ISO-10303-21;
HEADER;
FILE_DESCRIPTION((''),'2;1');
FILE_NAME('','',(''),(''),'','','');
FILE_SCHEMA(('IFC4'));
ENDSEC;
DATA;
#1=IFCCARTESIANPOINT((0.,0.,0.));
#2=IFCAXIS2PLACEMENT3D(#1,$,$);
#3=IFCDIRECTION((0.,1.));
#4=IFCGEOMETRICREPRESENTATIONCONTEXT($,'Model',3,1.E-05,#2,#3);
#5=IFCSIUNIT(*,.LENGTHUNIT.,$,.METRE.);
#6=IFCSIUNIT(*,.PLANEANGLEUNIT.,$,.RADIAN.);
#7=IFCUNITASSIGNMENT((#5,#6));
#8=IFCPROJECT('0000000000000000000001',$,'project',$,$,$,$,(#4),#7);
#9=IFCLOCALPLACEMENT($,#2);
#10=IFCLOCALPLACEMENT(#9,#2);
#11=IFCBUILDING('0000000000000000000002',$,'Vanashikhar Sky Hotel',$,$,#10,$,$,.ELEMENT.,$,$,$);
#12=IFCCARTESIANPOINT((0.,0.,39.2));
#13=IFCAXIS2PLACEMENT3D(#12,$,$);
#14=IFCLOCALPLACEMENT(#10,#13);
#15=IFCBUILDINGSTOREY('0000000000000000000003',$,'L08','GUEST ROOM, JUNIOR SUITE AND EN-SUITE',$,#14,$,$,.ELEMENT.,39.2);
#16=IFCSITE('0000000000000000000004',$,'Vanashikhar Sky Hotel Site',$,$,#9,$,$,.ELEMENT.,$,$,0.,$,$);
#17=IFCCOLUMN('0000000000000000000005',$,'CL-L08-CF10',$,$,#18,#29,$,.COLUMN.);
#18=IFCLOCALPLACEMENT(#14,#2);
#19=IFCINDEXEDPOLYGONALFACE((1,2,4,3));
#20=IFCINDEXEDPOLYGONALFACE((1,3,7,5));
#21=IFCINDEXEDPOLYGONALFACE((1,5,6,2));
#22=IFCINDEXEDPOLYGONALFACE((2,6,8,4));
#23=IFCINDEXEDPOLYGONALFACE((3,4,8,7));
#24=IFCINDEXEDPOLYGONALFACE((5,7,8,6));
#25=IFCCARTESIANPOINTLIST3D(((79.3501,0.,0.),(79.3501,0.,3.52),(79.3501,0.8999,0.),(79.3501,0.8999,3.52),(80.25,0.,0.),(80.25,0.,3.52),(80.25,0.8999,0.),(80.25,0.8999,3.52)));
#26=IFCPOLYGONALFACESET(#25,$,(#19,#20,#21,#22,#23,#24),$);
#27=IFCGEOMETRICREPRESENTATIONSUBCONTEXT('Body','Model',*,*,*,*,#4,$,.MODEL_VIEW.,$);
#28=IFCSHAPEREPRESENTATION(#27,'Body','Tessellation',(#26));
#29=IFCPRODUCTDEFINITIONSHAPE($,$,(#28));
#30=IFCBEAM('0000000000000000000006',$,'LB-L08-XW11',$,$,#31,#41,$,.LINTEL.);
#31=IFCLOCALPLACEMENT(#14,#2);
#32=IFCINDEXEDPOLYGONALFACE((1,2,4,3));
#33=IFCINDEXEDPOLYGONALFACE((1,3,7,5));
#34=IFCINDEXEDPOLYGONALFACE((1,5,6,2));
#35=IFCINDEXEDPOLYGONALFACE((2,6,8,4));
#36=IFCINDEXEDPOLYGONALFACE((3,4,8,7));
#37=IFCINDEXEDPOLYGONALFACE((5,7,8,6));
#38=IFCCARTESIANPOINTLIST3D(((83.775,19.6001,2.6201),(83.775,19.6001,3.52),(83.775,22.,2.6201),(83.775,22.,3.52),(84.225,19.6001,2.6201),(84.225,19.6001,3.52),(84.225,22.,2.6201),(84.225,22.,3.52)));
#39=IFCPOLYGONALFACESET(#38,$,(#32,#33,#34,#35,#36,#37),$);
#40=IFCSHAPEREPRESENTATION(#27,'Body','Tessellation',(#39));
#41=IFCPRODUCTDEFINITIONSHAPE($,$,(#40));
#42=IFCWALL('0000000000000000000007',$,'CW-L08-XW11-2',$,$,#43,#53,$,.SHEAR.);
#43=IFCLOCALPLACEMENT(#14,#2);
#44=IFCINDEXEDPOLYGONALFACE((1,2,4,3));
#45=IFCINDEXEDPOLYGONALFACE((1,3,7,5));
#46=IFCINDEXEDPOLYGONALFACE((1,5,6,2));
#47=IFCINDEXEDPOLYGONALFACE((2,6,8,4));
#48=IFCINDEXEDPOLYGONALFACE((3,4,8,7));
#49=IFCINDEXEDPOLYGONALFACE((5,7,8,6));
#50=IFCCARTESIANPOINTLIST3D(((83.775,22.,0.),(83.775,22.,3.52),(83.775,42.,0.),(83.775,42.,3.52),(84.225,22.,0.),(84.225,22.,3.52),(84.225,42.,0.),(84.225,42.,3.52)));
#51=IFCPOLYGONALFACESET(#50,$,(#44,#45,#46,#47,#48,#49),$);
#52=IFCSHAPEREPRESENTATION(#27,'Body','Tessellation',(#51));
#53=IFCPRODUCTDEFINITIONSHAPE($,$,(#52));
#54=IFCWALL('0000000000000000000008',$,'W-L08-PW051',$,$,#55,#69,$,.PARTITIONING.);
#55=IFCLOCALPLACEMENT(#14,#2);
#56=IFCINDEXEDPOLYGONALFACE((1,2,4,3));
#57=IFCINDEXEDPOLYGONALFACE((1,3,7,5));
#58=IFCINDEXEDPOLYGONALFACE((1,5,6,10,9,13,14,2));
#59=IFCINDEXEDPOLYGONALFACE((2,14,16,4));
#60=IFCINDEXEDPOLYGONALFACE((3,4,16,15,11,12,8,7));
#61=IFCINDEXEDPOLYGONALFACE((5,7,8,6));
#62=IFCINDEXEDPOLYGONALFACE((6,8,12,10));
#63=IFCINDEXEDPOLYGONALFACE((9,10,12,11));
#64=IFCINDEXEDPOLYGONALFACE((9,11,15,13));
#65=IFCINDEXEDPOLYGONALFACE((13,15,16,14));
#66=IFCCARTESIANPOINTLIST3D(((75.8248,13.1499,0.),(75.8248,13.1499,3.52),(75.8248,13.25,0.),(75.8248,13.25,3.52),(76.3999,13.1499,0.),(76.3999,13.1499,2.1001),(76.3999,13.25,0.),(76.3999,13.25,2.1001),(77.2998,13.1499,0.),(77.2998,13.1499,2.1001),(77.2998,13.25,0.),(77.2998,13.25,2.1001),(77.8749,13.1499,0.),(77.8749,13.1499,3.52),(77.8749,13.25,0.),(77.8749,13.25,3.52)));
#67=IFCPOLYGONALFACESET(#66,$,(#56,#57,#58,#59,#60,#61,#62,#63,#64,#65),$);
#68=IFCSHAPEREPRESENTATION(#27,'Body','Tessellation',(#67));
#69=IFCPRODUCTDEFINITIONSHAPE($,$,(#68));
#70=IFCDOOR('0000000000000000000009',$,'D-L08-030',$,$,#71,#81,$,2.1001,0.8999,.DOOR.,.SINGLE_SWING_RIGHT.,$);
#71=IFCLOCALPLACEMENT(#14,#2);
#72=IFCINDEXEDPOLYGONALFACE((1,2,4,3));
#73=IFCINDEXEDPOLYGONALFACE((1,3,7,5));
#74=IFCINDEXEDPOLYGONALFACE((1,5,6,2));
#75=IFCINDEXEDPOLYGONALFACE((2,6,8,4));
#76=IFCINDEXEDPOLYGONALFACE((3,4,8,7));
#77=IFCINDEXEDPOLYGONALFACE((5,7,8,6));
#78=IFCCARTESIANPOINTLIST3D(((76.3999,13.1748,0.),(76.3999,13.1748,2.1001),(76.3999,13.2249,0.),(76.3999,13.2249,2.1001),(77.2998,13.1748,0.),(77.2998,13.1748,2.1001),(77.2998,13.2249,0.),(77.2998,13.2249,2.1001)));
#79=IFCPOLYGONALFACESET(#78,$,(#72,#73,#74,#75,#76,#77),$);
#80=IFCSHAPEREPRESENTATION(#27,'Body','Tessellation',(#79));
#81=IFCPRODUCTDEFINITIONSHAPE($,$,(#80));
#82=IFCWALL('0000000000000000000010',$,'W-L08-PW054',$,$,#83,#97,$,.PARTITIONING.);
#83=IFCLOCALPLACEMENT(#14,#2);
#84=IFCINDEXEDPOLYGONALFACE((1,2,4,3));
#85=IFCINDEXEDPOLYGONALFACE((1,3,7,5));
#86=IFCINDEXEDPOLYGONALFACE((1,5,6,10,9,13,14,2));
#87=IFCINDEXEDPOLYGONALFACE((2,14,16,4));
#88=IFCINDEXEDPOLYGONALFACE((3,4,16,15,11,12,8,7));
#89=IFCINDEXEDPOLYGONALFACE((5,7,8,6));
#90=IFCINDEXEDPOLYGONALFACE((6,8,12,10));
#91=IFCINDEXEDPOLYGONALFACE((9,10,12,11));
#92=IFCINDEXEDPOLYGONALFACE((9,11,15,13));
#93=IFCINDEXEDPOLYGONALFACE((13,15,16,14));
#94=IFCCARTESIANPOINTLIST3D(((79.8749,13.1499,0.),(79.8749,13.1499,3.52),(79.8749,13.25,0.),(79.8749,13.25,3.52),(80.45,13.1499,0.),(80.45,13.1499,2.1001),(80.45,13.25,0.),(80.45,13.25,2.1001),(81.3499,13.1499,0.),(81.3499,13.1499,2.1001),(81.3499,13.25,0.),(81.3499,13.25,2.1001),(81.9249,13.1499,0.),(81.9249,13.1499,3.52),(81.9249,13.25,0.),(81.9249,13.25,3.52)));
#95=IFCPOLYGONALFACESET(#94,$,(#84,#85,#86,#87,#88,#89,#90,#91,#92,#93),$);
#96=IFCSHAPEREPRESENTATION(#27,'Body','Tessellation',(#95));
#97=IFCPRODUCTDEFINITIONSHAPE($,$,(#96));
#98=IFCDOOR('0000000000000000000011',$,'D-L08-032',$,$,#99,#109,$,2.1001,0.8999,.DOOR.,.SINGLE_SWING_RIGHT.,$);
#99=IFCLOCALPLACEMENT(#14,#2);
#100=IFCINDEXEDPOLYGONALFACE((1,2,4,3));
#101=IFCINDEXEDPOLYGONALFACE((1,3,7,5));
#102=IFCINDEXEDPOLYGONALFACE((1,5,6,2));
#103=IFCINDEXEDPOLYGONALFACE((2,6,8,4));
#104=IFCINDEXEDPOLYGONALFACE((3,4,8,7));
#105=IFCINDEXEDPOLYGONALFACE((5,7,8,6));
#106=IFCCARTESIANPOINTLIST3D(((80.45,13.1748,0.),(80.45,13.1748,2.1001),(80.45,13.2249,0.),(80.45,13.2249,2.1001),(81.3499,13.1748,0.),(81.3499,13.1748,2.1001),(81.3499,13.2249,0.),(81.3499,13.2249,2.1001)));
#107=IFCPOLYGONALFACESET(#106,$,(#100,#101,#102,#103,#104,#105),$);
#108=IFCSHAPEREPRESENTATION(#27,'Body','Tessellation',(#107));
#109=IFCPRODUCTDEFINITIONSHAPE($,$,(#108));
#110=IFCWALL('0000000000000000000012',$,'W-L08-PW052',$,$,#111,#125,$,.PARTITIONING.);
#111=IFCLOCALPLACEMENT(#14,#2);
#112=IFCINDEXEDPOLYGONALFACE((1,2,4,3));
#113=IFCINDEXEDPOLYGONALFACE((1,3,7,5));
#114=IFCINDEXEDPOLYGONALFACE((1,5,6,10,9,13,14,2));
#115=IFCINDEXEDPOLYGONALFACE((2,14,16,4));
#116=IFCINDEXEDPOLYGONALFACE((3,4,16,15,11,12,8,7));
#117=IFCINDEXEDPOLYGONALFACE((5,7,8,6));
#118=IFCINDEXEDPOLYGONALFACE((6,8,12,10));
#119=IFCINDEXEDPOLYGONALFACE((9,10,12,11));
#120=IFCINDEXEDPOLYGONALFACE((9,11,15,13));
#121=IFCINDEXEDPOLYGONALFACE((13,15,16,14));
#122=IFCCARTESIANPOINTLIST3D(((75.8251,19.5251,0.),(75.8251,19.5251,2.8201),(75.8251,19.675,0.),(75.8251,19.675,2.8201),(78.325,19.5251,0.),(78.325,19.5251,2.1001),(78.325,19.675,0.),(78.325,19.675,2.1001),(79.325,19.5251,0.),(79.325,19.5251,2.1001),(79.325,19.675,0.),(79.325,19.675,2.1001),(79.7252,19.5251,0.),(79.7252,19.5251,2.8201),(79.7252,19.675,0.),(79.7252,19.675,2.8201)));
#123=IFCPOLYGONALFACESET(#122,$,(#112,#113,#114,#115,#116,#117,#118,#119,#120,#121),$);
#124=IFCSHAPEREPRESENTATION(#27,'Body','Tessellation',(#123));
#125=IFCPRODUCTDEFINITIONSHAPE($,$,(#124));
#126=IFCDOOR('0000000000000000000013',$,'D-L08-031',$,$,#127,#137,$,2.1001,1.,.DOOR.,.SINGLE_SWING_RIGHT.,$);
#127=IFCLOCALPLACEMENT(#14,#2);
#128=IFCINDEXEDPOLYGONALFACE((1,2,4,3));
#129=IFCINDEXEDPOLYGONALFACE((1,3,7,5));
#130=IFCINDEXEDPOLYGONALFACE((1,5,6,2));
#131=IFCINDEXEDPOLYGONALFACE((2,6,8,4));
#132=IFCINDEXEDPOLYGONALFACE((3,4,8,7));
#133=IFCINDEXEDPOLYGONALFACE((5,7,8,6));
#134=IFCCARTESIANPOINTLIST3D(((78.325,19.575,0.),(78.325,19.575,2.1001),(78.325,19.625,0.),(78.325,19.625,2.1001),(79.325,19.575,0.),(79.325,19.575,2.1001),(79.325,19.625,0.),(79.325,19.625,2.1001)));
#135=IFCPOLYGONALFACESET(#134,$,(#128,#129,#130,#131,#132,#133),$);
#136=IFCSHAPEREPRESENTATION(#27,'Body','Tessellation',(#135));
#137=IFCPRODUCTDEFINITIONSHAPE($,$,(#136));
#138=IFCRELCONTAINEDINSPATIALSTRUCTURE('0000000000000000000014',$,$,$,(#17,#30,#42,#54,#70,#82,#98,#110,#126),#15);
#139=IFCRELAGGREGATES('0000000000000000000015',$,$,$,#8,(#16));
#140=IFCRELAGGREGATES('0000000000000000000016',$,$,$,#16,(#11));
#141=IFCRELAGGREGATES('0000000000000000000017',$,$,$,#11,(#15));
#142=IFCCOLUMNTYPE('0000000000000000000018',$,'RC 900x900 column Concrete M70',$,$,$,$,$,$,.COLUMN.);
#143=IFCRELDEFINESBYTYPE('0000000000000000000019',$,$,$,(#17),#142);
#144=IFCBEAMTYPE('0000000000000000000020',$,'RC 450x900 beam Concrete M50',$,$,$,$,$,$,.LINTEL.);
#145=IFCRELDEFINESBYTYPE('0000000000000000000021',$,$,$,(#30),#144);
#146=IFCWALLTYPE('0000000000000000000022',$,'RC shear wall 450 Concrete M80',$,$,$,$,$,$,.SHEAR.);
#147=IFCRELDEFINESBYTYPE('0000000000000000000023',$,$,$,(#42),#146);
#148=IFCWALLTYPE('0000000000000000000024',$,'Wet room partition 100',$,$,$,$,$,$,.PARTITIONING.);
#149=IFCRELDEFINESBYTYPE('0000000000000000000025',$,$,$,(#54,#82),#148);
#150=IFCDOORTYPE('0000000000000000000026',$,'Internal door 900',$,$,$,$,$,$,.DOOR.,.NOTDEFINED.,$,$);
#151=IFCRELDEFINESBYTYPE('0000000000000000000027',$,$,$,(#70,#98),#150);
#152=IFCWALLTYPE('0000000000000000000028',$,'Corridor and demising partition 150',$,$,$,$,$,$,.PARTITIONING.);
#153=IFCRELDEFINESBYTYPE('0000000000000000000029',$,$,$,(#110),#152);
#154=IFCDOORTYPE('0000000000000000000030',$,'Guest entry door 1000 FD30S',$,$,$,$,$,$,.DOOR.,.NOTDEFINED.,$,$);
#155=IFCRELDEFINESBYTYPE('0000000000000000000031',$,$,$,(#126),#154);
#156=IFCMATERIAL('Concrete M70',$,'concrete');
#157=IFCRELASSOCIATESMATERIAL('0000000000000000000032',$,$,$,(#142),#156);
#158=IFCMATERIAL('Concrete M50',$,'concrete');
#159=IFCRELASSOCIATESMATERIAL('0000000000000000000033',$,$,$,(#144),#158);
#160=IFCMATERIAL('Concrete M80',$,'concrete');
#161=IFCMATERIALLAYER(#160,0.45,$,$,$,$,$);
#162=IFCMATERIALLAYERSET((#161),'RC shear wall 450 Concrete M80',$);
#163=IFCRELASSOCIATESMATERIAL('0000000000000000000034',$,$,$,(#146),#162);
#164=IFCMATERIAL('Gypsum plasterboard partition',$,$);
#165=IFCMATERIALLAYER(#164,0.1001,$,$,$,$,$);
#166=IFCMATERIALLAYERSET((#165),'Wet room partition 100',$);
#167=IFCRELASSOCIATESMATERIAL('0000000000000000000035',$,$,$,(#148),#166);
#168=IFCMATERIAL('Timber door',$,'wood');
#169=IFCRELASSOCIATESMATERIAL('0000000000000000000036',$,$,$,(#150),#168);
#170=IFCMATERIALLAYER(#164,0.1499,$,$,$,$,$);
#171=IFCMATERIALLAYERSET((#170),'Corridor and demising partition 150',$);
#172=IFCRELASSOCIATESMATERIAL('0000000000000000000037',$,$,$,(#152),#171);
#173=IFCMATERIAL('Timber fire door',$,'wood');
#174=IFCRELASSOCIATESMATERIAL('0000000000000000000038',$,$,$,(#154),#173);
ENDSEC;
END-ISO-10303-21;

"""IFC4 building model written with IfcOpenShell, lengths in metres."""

from ifc_helpers import new_model, si_unit, direction, frame, frame_2d, origin, origin_2d, place, context, subcontext, project, spatial, rectangle, extrude, source, transform, mapped, material, layer, layer_set, material_profile, profile_set, type_object, element, fill, save


model = new_model("IFC4")

# Units and contexts
model_context = context("Model", 3, precision=1e-05, world=origin(), true_north=direction((0.0, 1.0)))
body_context = subcontext(model_context, "Body", "Model", "MODEL_VIEW")
ifc_project = project(units=[si_unit("LENGTHUNIT", "METRE"), si_unit("PLANEANGLEUNIT", "RADIAN")], contexts=[model_context])

# Site, building, storey
site_placement = place(None, origin())
site = spatial("IfcSite", under=ifc_project, at=site_placement, Name="Vanashikhar Sky Hotel Site", CompositionType="ELEMENT", RefElevation=0.0)
building_placement = place(site_placement, origin())
building = spatial("IfcBuilding", under=site, at=building_placement, Name="Vanashikhar Sky Hotel", CompositionType="ELEMENT")
storey_placement = place(building_placement, frame((0.0, 0.0, 39.2)))
storey = spatial("IfcBuildingStorey", under=building, at=storey_placement, Name="L08", Description="GUEST ROOM, JUNIOR SUITE AND EN-SUITE", CompositionType="ELEMENT", Elevation=39.2)

# Column
ifc_material_1 = material(Name="Concrete M70", Category="concrete")
ifc_material_profile_1 = material_profile(ifc_material_1, rectangle(XDim=0.8999, YDim=0.8999, at=origin_2d()))
ifc_profile_set_1 = profile_set([ifc_material_profile_1], Name="RC 900x900 column Concrete M70")
column_type = type_object("IfcColumnType", Name="RC 900x900 column Concrete M70", PredefinedType="COLUMN", material=ifc_profile_set_1)
shared_shape_1 = source(origin(), body_context, "Body", "SweptSolid", [
    extrude(rectangle(XDim=0.8999, YDim=0.8999, at=origin_2d()), origin(), (0.0, 0.0, 1.0), 3.52),
])
column_placement = place(storey_placement, frame((79.8, 0.45, 0.0), z_axis=(0.0, 0.0, 1.0), x_axis=(1.0, 0.0, 0.0)))
element("IfcColumn", 1, at=column_placement, inside=storey, type_object=column_type, Name="CL-L08-CF10", PredefinedType="COLUMN", context=body_context, shape_type="MappedRepresentation", body=[
    mapped(shared_shape_1, transform((0.0, 0.0, 0.0), scale=1.0)),
])

# Beam
ifc_material_2 = material(Name="Concrete M50", Category="concrete")
ifc_material_profile_2 = material_profile(ifc_material_2, rectangle(XDim=0.45, YDim=0.8999, at=origin_2d()))
ifc_profile_set_2 = profile_set([ifc_material_profile_2], Name="RC 450x900 beam Concrete M50")
beam_type = type_object("IfcBeamType", Name="RC 450x900 beam Concrete M50", PredefinedType="LINTEL", material=ifc_profile_set_2)
shared_shape_2 = source(origin(), body_context, "Body", "SweptSolid", [
    extrude(rectangle(XDim=0.45, YDim=0.8999, at=origin_2d()), origin(), (0.0, 0.0, 1.0), 2.3999),
])
beam_placement = place(storey_placement, frame((84.0, 19.6001, 3.0701), z_axis=(0.0, 1.0, 0.0), x_axis=(-1.0, 0.0, 0.0)))
element("IfcBeam", 2, at=beam_placement, inside=storey, type_object=beam_type, Name="LB-L08-XW11", PredefinedType="LINTEL", context=body_context, shape_type="MappedRepresentation", body=[
    mapped(shared_shape_2, transform((0.0, 0.0, 0.0), scale=1.0)),
])

# Wall
ifc_material_3 = material(Name="Concrete M80", Category="concrete")
ifc_layer_1 = layer(ifc_material_3, 0.45)
ifc_layer_set_1 = layer_set([ifc_layer_1], Name="RC shear wall 450 Concrete M80")
wall_type_1 = type_object("IfcWallType", Name="RC shear wall 450 Concrete M80", PredefinedType="SHEAR", material=ifc_layer_set_1)
shared_shape_3 = source(origin(), body_context, "Body", "SweptSolid", [
    extrude(rectangle(XDim=20.0, YDim=0.45, at=frame_2d((10.0, 0.0))), origin(), (0.0, 0.0, 1.0), 3.52),
])
wall_1_placement = place(storey_placement, frame((84.0, 22.0, 0.0), z_axis=(0.0, 0.0, 1.0), x_axis=(0.0, 1.0, 0.0)))
element("IfcWall", 3, at=wall_1_placement, inside=storey, type_object=wall_type_1, Name="CW-L08-XW11-2", PredefinedType="SHEAR", context=body_context, shape_type="MappedRepresentation", body=[
    mapped(shared_shape_3, transform((0.0, 0.0, 0.0), scale=1.0)),
])

# Walls, openings, doors
ifc_material_4 = material(Name="Gypsum plasterboard partition")
ifc_layer_2 = layer(ifc_material_4, 0.1001)
ifc_layer_set_2 = layer_set([ifc_layer_2], Name="Wet room partition 100")
wall_type_2 = type_object("IfcWallType", Name="Wet room partition 100", PredefinedType="PARTITIONING", material=ifc_layer_set_2)
shared_shape_4 = source(origin(), body_context, "Body", "SweptSolid", [
    extrude(rectangle(XDim=2.05, YDim=0.1001, at=frame_2d((1.0249, 0.0))), origin(), (0.0, 0.0, 1.0), 3.52),
])
wall_2_placement = place(storey_placement, frame((75.825, 13.2, 0.0), z_axis=(0.0, 0.0, 1.0), x_axis=(1.0, 0.0, 0.0)))
wall_2 = element("IfcWall", 4, at=wall_2_placement, inside=storey, type_object=wall_type_2, Name="W-L08-PW051", PredefinedType="PARTITIONING", context=body_context, shape_type="MappedRepresentation", body=[
    mapped(shared_shape_4, transform((0.0, 0.0, 0.0), scale=1.0)),
])
shared_shape_5 = source(origin(), body_context, "Body", "SweptSolid", [
    extrude(rectangle(XDim=0.8999, YDim=2.1001, at=frame_2d((0.45, 1.05))), frame((0.0, 0.0601, 0.0), z_axis=(0.0, -1.0, 0.0), x_axis=(1.0, 0.0, 0.0)), (0.0, 0.0, 1.0), 0.1201),
])
opening_1_placement = place(wall_2_placement, frame((0.575, 0.0, 0.0)))
opening_1 = element("IfcOpeningElement", 5, at=opening_1_placement, cuts=wall_2, PredefinedType="OPENING", context=body_context, shape_type="MappedRepresentation", body=[
    mapped(shared_shape_5, transform((0.0, 0.0, 0.0), scale=1.0)),
])
ifc_material_5 = material(Name="Timber door", Category="wood")
door_type_1 = type_object("IfcDoorType", Name="Internal door 900", OperationType="NOTDEFINED", PredefinedType="DOOR", material=ifc_material_5)
shared_shape_6 = source(origin(), body_context, "Body", "SweptSolid", [
    extrude(rectangle(XDim=0.8999, YDim=2.1001, at=frame_2d((0.45, 1.05))), frame((0.0, 0.0249, 0.0), z_axis=(0.0, -1.0, 0.0), x_axis=(1.0, 0.0, 0.0)), (0.0, 0.0, 1.0), 0.05),
])
door_1_placement = place(opening_1_placement, origin())
door_1 = element("IfcDoor", 6, at=door_1_placement, inside=storey, type_object=door_type_1, Name="D-L08-030", OperationType="SINGLE_SWING_RIGHT", OverallHeight=2.1001, OverallWidth=0.8999, PredefinedType="DOOR", context=body_context, shape_type="MappedRepresentation", body=[
    mapped(shared_shape_6, transform((0.0, 0.0, 0.0), scale=1.0)),
])
fill(opening_1, door_1)
wall_3_placement = place(storey_placement, frame((79.875, 13.2, 0.0), z_axis=(0.0, 0.0, 1.0), x_axis=(1.0, 0.0, 0.0)))
wall_3 = element("IfcWall", 7, at=wall_3_placement, inside=storey, type_object=wall_type_2, Name="W-L08-PW054", PredefinedType="PARTITIONING", context=body_context, shape_type="MappedRepresentation", body=[
    mapped(shared_shape_4, transform((0.0, 0.0, 0.0), scale=1.0)),
])
opening_2_placement = place(wall_3_placement, frame((0.575, 0.0, 0.0)))
opening_2 = element("IfcOpeningElement", 8, at=opening_2_placement, cuts=wall_3, PredefinedType="OPENING", context=body_context, shape_type="MappedRepresentation", body=[
    mapped(shared_shape_5, transform((0.0, 0.0, 0.0), scale=1.0)),
])
door_2_placement = place(opening_2_placement, origin())
door_2 = element("IfcDoor", 9, at=door_2_placement, inside=storey, type_object=door_type_1, Name="D-L08-032", OperationType="SINGLE_SWING_RIGHT", OverallHeight=2.1001, OverallWidth=0.8999, PredefinedType="DOOR", context=body_context, shape_type="MappedRepresentation", body=[
    mapped(shared_shape_6, transform((0.0, 0.0, 0.0), scale=1.0)),
])
fill(opening_2, door_2)
ifc_layer_3 = layer(ifc_material_4, 0.1499)
ifc_layer_set_3 = layer_set([ifc_layer_3], Name="Corridor and demising partition 150")
wall_type_3 = type_object("IfcWallType", Name="Corridor and demising partition 150", PredefinedType="PARTITIONING", material=ifc_layer_set_3)
shared_shape_7 = source(origin(), body_context, "Body", "SweptSolid", [
    extrude(rectangle(XDim=3.9001, YDim=0.1499, at=frame_2d((1.9502, 0.0))), origin(), (0.0, 0.0, 1.0), 2.8201),
])
wall_4_placement = place(storey_placement, frame((75.825, 19.6001, 0.0), z_axis=(0.0, 0.0, 1.0), x_axis=(1.0, 0.0, 0.0)))
wall_4 = element("IfcWall", 10, at=wall_4_placement, inside=storey, type_object=wall_type_3, Name="W-L08-PW052", PredefinedType="PARTITIONING", context=body_context, shape_type="MappedRepresentation", body=[
    mapped(shared_shape_7, transform((0.0, 0.0, 0.0), scale=1.0)),
])
shared_shape_8 = source(origin(), body_context, "Body", "SweptSolid", [
    extrude(rectangle(XDim=1.0, YDim=2.1001, at=frame_2d((0.5, 1.05))), frame((0.0, 0.085, 0.0), z_axis=(0.0, -1.0, 0.0), x_axis=(1.0, 0.0, 0.0)), (0.0, 0.0, 1.0), 0.1699),
])
opening_3_placement = place(wall_4_placement, frame((2.5, 0.0, 0.0)))
opening_3 = element("IfcOpeningElement", 11, at=opening_3_placement, cuts=wall_4, PredefinedType="OPENING", context=body_context, shape_type="MappedRepresentation", body=[
    mapped(shared_shape_8, transform((0.0, 0.0, 0.0), scale=1.0)),
])
ifc_material_6 = material(Name="Timber fire door", Category="wood")
door_type_2 = type_object("IfcDoorType", Name="Guest entry door 1000 FD30S", OperationType="NOTDEFINED", PredefinedType="DOOR", material=ifc_material_6)
shared_shape_9 = source(origin(), body_context, "Body", "SweptSolid", [
    extrude(rectangle(XDim=1.0, YDim=2.1001, at=frame_2d((0.5, 1.05))), frame((0.0, 0.0249, 0.0), z_axis=(0.0, -1.0, 0.0), x_axis=(1.0, 0.0, 0.0)), (0.0, 0.0, 1.0), 0.05),
])
door_3_placement = place(opening_3_placement, origin())
door_3 = element("IfcDoor", 12, at=door_3_placement, inside=storey, type_object=door_type_2, Name="D-L08-031", OperationType="SINGLE_SWING_RIGHT", OverallHeight=2.1001, OverallWidth=1.0, PredefinedType="DOOR", context=body_context, shape_type="MappedRepresentation", body=[
    mapped(shared_shape_9, transform((0.0, 0.0, 0.0), scale=1.0)),
])
fill(opening_3, door_3)

save(model, "model.ifc")
